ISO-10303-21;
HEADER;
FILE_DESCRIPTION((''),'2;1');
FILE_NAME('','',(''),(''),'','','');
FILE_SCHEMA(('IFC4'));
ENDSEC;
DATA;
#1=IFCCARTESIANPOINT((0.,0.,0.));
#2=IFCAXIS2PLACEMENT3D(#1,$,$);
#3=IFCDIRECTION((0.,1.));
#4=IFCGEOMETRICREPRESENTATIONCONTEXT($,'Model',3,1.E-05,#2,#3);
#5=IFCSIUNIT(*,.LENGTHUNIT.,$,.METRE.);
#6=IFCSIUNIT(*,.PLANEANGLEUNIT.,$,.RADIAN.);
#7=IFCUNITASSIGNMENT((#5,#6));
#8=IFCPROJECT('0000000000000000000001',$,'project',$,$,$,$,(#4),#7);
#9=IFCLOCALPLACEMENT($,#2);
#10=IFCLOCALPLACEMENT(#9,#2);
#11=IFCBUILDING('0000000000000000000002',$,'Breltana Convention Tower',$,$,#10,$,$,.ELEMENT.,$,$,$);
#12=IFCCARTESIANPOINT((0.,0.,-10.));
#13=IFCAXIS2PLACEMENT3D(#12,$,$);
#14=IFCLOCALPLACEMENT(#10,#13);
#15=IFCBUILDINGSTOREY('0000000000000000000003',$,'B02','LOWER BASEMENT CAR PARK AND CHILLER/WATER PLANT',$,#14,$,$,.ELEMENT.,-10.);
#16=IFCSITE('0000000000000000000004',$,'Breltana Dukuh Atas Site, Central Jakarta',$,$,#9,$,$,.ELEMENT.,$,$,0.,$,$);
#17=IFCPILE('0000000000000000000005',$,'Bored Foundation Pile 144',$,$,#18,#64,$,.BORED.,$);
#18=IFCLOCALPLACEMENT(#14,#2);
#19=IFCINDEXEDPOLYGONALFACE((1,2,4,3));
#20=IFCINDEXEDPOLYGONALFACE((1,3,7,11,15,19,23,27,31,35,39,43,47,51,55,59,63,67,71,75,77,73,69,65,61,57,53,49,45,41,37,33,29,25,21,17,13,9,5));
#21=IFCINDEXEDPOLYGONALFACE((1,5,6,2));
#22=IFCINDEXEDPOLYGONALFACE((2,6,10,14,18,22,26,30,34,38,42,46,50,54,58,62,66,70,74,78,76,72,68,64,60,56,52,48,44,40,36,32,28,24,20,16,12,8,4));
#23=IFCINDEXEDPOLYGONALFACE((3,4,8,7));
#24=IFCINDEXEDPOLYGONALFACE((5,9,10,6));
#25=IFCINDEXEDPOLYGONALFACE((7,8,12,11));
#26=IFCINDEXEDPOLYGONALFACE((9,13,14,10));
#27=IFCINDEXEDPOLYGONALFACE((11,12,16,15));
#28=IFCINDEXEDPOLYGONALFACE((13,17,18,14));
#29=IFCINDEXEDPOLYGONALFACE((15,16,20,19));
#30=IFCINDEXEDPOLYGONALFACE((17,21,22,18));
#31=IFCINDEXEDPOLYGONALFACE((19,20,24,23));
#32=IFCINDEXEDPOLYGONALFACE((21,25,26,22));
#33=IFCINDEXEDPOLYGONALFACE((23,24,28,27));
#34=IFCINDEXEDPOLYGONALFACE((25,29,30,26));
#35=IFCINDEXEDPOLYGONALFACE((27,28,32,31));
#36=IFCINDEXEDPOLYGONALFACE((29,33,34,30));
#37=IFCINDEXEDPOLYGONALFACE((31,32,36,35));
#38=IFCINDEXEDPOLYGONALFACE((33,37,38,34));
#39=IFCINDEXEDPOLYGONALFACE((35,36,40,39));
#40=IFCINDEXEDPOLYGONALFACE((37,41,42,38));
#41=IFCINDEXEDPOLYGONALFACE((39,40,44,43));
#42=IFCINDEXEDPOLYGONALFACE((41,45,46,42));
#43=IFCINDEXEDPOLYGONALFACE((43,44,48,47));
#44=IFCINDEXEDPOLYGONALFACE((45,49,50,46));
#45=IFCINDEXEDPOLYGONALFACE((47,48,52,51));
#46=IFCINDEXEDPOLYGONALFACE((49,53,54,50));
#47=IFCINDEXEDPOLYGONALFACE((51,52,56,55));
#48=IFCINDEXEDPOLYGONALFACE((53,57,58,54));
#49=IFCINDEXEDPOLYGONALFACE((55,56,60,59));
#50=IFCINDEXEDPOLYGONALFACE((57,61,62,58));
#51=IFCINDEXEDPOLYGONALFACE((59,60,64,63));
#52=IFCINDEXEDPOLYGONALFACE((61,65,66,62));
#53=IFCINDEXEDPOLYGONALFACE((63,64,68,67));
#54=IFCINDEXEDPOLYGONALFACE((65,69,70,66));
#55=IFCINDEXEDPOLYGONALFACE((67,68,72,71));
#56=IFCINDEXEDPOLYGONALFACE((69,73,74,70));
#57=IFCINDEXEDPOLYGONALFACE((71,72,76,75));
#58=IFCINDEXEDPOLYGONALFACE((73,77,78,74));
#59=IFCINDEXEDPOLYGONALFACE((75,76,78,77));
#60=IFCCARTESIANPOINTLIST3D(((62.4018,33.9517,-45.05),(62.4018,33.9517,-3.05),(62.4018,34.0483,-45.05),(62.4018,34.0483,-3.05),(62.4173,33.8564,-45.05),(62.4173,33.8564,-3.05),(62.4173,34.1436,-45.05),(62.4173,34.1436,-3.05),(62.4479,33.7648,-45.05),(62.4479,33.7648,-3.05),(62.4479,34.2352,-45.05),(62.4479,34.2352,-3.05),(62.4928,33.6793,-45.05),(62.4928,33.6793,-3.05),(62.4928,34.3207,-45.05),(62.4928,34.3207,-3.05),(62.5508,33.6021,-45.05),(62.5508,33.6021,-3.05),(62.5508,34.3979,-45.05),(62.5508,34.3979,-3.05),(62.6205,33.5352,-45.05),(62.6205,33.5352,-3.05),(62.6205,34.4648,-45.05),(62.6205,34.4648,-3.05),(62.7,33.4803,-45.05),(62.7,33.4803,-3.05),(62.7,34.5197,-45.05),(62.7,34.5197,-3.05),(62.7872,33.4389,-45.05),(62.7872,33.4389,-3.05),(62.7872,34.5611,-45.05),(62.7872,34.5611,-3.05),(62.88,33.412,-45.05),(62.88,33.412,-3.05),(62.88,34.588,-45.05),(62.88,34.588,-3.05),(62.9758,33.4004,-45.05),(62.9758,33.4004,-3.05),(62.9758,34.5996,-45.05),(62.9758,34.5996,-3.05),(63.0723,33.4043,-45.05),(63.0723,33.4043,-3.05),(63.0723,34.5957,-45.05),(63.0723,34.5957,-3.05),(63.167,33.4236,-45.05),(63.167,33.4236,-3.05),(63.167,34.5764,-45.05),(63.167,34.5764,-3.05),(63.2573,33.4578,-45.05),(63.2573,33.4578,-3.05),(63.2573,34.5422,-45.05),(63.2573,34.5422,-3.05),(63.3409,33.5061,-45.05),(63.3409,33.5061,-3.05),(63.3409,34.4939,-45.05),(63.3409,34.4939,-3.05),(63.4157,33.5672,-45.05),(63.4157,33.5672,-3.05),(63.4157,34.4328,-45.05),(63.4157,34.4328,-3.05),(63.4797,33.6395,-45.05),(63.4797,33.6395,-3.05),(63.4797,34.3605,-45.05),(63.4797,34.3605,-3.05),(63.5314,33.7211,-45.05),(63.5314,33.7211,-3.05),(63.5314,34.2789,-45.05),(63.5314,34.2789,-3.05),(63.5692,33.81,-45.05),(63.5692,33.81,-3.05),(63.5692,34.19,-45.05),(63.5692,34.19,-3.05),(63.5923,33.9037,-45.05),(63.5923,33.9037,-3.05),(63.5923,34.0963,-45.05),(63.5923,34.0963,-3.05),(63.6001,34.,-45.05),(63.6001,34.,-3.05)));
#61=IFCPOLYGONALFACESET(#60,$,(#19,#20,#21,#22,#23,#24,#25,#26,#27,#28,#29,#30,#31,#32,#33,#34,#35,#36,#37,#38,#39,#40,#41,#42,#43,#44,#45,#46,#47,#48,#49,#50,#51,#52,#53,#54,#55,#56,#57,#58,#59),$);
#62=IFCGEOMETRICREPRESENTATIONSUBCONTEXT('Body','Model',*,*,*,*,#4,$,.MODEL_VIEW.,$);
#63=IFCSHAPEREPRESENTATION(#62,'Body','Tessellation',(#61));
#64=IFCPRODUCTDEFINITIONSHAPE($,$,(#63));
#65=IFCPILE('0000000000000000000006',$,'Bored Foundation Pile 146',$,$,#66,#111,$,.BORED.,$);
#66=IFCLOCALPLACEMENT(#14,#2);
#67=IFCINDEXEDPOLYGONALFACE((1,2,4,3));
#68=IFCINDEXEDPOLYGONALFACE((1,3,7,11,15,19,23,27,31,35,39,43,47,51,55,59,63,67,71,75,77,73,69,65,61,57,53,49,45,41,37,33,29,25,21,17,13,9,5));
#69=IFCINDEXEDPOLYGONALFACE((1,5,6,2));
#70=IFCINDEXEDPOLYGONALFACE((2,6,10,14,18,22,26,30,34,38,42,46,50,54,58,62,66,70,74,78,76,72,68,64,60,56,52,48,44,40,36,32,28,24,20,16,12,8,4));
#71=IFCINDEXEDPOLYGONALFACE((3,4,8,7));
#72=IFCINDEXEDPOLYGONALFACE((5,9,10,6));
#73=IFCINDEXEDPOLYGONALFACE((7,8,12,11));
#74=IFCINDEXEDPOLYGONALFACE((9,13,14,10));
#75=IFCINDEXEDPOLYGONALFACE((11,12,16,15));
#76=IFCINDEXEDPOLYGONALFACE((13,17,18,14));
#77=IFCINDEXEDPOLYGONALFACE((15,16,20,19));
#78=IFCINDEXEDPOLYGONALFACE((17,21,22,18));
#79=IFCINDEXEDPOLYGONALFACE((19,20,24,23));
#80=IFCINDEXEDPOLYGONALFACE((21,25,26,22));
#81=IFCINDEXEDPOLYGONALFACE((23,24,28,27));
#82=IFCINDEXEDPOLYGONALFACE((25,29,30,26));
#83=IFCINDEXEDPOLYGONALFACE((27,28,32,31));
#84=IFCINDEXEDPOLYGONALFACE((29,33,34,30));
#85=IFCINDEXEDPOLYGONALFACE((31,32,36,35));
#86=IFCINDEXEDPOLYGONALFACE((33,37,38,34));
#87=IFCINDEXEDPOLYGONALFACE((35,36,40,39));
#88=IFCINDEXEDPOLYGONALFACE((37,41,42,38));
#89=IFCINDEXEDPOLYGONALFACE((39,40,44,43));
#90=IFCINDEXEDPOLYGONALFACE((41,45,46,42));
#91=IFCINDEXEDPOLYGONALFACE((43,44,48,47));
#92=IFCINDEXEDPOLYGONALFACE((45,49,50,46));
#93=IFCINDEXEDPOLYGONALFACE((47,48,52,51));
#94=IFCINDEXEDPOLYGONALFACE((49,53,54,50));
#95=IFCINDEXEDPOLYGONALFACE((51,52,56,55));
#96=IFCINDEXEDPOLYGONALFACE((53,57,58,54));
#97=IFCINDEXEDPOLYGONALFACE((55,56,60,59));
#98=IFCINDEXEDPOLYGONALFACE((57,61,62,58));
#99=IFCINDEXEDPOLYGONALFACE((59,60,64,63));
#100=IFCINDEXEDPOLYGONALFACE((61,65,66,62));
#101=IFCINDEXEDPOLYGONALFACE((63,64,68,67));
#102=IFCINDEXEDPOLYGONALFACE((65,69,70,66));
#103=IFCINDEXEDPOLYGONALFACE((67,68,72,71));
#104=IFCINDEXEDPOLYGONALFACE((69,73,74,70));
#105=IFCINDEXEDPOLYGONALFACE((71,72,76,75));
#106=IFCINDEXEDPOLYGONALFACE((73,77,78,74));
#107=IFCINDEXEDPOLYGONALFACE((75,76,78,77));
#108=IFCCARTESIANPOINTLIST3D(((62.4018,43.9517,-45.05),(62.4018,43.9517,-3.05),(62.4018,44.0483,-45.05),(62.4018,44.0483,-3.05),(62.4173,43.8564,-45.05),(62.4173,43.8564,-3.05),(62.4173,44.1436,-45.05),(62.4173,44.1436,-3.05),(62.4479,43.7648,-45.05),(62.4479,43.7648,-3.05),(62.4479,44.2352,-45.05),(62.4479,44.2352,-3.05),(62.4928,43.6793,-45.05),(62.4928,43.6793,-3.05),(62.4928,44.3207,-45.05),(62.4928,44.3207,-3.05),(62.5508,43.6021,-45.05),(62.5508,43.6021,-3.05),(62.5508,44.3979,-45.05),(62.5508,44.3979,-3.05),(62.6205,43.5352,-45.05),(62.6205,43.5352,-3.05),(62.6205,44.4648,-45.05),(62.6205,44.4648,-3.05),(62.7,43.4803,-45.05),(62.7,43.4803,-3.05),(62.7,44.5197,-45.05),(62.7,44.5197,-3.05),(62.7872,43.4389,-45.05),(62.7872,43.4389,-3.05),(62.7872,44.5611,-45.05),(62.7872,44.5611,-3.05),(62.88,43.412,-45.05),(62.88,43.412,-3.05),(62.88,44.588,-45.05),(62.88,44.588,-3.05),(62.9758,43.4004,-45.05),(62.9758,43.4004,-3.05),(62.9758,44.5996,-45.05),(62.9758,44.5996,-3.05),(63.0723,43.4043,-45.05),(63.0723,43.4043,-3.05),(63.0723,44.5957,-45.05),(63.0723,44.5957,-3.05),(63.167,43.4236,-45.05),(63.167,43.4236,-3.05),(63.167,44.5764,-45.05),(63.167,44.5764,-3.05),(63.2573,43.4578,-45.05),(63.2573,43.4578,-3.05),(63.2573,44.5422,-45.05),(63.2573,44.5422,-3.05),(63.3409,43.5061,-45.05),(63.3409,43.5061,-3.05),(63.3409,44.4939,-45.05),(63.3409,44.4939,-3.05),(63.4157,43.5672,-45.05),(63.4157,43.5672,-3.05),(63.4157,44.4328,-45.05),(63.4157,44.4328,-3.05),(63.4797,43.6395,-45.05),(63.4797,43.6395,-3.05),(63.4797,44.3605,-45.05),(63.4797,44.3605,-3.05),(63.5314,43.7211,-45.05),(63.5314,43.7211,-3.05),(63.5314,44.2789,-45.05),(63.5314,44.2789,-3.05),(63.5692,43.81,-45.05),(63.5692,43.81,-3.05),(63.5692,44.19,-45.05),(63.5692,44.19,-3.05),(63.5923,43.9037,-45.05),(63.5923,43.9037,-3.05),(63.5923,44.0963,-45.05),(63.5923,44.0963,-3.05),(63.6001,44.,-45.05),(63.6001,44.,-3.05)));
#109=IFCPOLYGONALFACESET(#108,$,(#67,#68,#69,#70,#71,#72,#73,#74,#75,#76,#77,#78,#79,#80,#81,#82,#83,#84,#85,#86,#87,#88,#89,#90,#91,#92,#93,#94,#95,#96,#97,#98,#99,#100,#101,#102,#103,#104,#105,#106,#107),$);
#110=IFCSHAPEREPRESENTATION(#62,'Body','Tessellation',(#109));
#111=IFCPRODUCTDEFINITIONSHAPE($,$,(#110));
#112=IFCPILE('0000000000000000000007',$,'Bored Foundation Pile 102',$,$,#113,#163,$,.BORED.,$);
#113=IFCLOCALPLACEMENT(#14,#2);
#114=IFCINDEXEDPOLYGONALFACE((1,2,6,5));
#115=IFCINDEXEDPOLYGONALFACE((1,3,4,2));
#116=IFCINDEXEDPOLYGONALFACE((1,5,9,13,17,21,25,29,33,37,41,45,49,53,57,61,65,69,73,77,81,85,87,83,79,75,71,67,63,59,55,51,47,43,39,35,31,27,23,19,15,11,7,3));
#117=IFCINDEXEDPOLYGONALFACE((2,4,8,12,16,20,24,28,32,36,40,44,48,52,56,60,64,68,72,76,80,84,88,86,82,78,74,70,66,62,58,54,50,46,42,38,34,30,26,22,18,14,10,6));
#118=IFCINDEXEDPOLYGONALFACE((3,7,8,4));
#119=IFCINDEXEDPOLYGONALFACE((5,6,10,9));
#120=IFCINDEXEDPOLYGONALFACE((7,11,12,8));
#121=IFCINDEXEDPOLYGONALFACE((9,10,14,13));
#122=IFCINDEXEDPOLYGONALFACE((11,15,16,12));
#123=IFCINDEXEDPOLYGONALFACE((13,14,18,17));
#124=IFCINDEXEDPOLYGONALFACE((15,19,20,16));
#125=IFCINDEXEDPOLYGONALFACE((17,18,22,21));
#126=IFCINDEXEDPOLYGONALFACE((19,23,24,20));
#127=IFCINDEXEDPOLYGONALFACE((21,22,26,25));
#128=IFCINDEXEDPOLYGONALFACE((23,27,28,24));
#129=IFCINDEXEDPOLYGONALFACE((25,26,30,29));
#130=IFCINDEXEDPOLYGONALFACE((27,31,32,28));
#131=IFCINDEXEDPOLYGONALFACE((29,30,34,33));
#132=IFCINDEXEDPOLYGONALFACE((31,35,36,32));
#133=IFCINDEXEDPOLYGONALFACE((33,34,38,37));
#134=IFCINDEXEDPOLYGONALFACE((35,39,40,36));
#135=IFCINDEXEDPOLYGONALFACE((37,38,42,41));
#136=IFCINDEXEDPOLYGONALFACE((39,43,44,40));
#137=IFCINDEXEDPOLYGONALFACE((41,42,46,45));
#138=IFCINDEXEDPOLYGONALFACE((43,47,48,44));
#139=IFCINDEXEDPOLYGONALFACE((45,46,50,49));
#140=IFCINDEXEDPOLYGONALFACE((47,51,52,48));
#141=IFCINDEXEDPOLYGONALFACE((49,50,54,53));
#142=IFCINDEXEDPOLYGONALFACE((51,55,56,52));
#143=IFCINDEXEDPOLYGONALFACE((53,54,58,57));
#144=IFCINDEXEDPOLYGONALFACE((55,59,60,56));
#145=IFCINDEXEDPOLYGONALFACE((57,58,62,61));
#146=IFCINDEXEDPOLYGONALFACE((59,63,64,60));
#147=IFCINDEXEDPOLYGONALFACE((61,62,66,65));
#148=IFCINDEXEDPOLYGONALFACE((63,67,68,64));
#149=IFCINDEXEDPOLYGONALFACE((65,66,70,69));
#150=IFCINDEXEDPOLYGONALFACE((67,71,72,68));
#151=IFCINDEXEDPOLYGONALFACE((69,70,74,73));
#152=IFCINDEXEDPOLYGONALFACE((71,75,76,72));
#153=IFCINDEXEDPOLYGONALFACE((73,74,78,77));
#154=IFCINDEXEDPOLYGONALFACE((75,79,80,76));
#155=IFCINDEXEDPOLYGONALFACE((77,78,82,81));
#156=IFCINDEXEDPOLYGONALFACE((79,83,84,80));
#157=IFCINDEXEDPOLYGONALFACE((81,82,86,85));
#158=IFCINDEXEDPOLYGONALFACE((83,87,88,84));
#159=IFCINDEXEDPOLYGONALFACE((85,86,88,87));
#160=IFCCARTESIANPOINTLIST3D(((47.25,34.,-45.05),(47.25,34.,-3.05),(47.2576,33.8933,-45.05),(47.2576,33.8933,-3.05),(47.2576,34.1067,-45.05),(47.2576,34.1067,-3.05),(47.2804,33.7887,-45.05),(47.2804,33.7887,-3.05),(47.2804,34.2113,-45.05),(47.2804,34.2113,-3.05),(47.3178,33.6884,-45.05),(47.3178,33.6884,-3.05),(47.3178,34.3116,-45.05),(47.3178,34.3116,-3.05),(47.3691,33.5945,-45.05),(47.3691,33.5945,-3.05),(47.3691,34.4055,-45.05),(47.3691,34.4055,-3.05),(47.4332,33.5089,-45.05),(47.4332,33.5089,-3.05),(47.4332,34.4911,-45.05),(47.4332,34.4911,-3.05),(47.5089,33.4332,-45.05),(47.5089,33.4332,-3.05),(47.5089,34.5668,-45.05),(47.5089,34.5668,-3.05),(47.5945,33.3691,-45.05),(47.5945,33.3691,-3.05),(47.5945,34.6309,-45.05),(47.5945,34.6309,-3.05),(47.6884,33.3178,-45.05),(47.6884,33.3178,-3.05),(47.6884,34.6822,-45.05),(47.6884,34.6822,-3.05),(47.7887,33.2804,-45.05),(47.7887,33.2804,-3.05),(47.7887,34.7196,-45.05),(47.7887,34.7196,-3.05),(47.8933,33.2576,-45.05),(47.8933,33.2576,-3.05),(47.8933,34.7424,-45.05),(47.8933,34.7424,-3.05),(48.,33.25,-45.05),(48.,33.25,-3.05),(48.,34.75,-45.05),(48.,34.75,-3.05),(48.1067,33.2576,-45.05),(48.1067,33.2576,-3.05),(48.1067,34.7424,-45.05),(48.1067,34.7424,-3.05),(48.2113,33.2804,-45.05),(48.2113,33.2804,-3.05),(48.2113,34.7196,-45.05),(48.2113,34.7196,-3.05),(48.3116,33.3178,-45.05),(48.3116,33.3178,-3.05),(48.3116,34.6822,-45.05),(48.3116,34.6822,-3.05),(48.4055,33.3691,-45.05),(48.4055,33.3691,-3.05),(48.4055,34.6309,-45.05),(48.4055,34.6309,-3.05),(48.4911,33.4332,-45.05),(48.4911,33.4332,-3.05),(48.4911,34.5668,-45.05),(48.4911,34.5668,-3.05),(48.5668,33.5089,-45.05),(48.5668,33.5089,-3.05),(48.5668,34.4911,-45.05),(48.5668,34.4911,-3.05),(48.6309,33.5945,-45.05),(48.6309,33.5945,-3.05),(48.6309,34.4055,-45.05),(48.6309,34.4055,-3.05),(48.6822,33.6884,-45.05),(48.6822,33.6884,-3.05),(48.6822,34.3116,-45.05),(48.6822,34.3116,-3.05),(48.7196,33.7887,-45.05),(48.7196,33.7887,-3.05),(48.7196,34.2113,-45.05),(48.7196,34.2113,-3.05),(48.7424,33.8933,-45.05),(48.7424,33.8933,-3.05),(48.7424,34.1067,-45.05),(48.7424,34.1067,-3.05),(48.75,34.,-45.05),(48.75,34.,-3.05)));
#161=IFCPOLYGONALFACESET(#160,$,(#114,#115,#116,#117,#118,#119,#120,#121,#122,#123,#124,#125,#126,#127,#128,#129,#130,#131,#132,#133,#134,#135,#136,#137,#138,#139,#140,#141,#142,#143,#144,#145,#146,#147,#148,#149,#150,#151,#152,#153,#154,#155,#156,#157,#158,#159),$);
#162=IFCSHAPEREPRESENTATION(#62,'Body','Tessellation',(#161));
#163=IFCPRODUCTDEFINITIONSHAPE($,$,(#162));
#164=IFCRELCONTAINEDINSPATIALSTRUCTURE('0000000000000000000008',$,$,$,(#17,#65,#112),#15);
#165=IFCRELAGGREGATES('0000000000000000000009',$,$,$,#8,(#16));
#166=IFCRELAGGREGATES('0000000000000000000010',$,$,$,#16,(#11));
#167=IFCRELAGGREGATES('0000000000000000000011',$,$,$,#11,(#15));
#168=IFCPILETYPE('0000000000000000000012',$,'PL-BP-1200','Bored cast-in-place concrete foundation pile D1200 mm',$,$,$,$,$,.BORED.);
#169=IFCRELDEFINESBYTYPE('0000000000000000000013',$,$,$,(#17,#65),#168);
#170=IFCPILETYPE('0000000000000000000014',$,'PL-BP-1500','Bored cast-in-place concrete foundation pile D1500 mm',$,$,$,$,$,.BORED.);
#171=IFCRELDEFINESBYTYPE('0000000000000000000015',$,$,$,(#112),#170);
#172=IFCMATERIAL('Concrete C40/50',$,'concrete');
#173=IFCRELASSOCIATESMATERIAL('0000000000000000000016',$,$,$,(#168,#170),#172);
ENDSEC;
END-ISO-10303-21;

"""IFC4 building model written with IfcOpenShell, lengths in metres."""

from ifc_helpers import new_model, si_unit, direction, frame, origin, origin_2d, place, context, subcontext, project, spatial, circle, extrude, source, transform, mapped, material, material_profile, profile_set, type_object, type_shapes, element, save


model = new_model("IFC4")

# Units and contexts
model_context = context("Model", 3, precision=1e-05, world=origin(), true_north=direction((0.0, 1.0)))
body_context = subcontext(model_context, "Body", "Model", "MODEL_VIEW")
ifc_project = project(units=[si_unit("LENGTHUNIT", "METRE"), si_unit("PLANEANGLEUNIT", "RADIAN")], contexts=[model_context])

# Site, building, storey
site_placement = place(None, origin())
site = spatial("IfcSite", under=ifc_project, at=site_placement, Name="Breltana Dukuh Atas Site, Central Jakarta", CompositionType="ELEMENT", RefElevation=0.0)
building_placement = place(site_placement, origin())
building = spatial("IfcBuilding", under=site, at=building_placement, Name="Breltana Convention Tower", CompositionType="ELEMENT")
storey_placement = place(building_placement, frame((0.0, 0.0, -10.0)))
storey = spatial("IfcBuildingStorey", under=building, at=storey_placement, Name="B02", Description="LOWER BASEMENT CAR PARK AND CHILLER/WATER PLANT", CompositionType="ELEMENT", Elevation=-10.0)

# Piles
ifc_material_1 = material(Name="Concrete C40/50", Category="concrete")
ifc_material_profile_1 = material_profile(ifc_material_1, circle(Radius=0.6001, at=origin_2d()), Name="BP-D1200")
ifc_profile_set_1 = profile_set([ifc_material_profile_1], Name="Concrete C40/50")
pile_type_1 = type_object("IfcPileType", Name="PL-BP-1200", Description="Bored cast-in-place concrete foundation pile D1200 mm", PredefinedType="BORED", material=ifc_profile_set_1)
shared_shape_1 = source(origin(), body_context, "Body", "SweptSolid", [
    extrude(circle(Radius=0.6001, at=origin_2d()), origin(), (0.0, 0.0, 1.0), 42.0),
])
type_shapes(pile_type_1, [shared_shape_1])
for number, where, z_axis, x_axis, name in (
    (1, (63.0, 34.0, -3.05), (0.0, 0.0, -1.0), (1.0, 0.0, 0.0), "Bored Foundation Pile 144"),
    (2, (63.0, 44.0, -3.05), (0.0, 0.0, -1.0), (1.0, 0.0, 0.0), "Bored Foundation Pile 146"),
):
    element("IfcPile", number, at=place(storey_placement, frame(where, z_axis=z_axis, x_axis=x_axis)), inside=storey, type_object=pile_type_1, Name=name, PredefinedType="BORED", context=body_context, shape_type="MappedRepresentation", body=[
        mapped(shared_shape_1, transform((0.0, 0.0, 0.0), scale=1.0)),
    ])
ifc_material_profile_2 = material_profile(ifc_material_1, circle(Radius=0.75, at=origin_2d()), Name="BP-D1500")
ifc_profile_set_2 = profile_set([ifc_material_profile_2], Name="Concrete C40/50")
pile_type_2 = type_object("IfcPileType", Name="PL-BP-1500", Description="Bored cast-in-place concrete foundation pile D1500 mm", PredefinedType="BORED", material=ifc_profile_set_2)
shared_shape_2 = source(origin(), body_context, "Body", "SweptSolid", [
    extrude(circle(Radius=0.75, at=origin_2d()), origin(), (0.0, 0.0, 1.0), 42.0),
])
type_shapes(pile_type_2, [shared_shape_2])
for number, where, z_axis, x_axis, name in (
    (3, (48.0, 34.0, -3.05), (0.0, 0.0, -1.0), (1.0, 0.0, 0.0), "Bored Foundation Pile 102"),
):
    element("IfcPile", number, at=place(storey_placement, frame(where, z_axis=z_axis, x_axis=x_axis)), inside=storey, type_object=pile_type_2, Name=name, PredefinedType="BORED", context=body_context, shape_type="MappedRepresentation", body=[
        mapped(shared_shape_2, transform((0.0, 0.0, 0.0), scale=1.0)),
    ])

save(model, "model.ifc")
